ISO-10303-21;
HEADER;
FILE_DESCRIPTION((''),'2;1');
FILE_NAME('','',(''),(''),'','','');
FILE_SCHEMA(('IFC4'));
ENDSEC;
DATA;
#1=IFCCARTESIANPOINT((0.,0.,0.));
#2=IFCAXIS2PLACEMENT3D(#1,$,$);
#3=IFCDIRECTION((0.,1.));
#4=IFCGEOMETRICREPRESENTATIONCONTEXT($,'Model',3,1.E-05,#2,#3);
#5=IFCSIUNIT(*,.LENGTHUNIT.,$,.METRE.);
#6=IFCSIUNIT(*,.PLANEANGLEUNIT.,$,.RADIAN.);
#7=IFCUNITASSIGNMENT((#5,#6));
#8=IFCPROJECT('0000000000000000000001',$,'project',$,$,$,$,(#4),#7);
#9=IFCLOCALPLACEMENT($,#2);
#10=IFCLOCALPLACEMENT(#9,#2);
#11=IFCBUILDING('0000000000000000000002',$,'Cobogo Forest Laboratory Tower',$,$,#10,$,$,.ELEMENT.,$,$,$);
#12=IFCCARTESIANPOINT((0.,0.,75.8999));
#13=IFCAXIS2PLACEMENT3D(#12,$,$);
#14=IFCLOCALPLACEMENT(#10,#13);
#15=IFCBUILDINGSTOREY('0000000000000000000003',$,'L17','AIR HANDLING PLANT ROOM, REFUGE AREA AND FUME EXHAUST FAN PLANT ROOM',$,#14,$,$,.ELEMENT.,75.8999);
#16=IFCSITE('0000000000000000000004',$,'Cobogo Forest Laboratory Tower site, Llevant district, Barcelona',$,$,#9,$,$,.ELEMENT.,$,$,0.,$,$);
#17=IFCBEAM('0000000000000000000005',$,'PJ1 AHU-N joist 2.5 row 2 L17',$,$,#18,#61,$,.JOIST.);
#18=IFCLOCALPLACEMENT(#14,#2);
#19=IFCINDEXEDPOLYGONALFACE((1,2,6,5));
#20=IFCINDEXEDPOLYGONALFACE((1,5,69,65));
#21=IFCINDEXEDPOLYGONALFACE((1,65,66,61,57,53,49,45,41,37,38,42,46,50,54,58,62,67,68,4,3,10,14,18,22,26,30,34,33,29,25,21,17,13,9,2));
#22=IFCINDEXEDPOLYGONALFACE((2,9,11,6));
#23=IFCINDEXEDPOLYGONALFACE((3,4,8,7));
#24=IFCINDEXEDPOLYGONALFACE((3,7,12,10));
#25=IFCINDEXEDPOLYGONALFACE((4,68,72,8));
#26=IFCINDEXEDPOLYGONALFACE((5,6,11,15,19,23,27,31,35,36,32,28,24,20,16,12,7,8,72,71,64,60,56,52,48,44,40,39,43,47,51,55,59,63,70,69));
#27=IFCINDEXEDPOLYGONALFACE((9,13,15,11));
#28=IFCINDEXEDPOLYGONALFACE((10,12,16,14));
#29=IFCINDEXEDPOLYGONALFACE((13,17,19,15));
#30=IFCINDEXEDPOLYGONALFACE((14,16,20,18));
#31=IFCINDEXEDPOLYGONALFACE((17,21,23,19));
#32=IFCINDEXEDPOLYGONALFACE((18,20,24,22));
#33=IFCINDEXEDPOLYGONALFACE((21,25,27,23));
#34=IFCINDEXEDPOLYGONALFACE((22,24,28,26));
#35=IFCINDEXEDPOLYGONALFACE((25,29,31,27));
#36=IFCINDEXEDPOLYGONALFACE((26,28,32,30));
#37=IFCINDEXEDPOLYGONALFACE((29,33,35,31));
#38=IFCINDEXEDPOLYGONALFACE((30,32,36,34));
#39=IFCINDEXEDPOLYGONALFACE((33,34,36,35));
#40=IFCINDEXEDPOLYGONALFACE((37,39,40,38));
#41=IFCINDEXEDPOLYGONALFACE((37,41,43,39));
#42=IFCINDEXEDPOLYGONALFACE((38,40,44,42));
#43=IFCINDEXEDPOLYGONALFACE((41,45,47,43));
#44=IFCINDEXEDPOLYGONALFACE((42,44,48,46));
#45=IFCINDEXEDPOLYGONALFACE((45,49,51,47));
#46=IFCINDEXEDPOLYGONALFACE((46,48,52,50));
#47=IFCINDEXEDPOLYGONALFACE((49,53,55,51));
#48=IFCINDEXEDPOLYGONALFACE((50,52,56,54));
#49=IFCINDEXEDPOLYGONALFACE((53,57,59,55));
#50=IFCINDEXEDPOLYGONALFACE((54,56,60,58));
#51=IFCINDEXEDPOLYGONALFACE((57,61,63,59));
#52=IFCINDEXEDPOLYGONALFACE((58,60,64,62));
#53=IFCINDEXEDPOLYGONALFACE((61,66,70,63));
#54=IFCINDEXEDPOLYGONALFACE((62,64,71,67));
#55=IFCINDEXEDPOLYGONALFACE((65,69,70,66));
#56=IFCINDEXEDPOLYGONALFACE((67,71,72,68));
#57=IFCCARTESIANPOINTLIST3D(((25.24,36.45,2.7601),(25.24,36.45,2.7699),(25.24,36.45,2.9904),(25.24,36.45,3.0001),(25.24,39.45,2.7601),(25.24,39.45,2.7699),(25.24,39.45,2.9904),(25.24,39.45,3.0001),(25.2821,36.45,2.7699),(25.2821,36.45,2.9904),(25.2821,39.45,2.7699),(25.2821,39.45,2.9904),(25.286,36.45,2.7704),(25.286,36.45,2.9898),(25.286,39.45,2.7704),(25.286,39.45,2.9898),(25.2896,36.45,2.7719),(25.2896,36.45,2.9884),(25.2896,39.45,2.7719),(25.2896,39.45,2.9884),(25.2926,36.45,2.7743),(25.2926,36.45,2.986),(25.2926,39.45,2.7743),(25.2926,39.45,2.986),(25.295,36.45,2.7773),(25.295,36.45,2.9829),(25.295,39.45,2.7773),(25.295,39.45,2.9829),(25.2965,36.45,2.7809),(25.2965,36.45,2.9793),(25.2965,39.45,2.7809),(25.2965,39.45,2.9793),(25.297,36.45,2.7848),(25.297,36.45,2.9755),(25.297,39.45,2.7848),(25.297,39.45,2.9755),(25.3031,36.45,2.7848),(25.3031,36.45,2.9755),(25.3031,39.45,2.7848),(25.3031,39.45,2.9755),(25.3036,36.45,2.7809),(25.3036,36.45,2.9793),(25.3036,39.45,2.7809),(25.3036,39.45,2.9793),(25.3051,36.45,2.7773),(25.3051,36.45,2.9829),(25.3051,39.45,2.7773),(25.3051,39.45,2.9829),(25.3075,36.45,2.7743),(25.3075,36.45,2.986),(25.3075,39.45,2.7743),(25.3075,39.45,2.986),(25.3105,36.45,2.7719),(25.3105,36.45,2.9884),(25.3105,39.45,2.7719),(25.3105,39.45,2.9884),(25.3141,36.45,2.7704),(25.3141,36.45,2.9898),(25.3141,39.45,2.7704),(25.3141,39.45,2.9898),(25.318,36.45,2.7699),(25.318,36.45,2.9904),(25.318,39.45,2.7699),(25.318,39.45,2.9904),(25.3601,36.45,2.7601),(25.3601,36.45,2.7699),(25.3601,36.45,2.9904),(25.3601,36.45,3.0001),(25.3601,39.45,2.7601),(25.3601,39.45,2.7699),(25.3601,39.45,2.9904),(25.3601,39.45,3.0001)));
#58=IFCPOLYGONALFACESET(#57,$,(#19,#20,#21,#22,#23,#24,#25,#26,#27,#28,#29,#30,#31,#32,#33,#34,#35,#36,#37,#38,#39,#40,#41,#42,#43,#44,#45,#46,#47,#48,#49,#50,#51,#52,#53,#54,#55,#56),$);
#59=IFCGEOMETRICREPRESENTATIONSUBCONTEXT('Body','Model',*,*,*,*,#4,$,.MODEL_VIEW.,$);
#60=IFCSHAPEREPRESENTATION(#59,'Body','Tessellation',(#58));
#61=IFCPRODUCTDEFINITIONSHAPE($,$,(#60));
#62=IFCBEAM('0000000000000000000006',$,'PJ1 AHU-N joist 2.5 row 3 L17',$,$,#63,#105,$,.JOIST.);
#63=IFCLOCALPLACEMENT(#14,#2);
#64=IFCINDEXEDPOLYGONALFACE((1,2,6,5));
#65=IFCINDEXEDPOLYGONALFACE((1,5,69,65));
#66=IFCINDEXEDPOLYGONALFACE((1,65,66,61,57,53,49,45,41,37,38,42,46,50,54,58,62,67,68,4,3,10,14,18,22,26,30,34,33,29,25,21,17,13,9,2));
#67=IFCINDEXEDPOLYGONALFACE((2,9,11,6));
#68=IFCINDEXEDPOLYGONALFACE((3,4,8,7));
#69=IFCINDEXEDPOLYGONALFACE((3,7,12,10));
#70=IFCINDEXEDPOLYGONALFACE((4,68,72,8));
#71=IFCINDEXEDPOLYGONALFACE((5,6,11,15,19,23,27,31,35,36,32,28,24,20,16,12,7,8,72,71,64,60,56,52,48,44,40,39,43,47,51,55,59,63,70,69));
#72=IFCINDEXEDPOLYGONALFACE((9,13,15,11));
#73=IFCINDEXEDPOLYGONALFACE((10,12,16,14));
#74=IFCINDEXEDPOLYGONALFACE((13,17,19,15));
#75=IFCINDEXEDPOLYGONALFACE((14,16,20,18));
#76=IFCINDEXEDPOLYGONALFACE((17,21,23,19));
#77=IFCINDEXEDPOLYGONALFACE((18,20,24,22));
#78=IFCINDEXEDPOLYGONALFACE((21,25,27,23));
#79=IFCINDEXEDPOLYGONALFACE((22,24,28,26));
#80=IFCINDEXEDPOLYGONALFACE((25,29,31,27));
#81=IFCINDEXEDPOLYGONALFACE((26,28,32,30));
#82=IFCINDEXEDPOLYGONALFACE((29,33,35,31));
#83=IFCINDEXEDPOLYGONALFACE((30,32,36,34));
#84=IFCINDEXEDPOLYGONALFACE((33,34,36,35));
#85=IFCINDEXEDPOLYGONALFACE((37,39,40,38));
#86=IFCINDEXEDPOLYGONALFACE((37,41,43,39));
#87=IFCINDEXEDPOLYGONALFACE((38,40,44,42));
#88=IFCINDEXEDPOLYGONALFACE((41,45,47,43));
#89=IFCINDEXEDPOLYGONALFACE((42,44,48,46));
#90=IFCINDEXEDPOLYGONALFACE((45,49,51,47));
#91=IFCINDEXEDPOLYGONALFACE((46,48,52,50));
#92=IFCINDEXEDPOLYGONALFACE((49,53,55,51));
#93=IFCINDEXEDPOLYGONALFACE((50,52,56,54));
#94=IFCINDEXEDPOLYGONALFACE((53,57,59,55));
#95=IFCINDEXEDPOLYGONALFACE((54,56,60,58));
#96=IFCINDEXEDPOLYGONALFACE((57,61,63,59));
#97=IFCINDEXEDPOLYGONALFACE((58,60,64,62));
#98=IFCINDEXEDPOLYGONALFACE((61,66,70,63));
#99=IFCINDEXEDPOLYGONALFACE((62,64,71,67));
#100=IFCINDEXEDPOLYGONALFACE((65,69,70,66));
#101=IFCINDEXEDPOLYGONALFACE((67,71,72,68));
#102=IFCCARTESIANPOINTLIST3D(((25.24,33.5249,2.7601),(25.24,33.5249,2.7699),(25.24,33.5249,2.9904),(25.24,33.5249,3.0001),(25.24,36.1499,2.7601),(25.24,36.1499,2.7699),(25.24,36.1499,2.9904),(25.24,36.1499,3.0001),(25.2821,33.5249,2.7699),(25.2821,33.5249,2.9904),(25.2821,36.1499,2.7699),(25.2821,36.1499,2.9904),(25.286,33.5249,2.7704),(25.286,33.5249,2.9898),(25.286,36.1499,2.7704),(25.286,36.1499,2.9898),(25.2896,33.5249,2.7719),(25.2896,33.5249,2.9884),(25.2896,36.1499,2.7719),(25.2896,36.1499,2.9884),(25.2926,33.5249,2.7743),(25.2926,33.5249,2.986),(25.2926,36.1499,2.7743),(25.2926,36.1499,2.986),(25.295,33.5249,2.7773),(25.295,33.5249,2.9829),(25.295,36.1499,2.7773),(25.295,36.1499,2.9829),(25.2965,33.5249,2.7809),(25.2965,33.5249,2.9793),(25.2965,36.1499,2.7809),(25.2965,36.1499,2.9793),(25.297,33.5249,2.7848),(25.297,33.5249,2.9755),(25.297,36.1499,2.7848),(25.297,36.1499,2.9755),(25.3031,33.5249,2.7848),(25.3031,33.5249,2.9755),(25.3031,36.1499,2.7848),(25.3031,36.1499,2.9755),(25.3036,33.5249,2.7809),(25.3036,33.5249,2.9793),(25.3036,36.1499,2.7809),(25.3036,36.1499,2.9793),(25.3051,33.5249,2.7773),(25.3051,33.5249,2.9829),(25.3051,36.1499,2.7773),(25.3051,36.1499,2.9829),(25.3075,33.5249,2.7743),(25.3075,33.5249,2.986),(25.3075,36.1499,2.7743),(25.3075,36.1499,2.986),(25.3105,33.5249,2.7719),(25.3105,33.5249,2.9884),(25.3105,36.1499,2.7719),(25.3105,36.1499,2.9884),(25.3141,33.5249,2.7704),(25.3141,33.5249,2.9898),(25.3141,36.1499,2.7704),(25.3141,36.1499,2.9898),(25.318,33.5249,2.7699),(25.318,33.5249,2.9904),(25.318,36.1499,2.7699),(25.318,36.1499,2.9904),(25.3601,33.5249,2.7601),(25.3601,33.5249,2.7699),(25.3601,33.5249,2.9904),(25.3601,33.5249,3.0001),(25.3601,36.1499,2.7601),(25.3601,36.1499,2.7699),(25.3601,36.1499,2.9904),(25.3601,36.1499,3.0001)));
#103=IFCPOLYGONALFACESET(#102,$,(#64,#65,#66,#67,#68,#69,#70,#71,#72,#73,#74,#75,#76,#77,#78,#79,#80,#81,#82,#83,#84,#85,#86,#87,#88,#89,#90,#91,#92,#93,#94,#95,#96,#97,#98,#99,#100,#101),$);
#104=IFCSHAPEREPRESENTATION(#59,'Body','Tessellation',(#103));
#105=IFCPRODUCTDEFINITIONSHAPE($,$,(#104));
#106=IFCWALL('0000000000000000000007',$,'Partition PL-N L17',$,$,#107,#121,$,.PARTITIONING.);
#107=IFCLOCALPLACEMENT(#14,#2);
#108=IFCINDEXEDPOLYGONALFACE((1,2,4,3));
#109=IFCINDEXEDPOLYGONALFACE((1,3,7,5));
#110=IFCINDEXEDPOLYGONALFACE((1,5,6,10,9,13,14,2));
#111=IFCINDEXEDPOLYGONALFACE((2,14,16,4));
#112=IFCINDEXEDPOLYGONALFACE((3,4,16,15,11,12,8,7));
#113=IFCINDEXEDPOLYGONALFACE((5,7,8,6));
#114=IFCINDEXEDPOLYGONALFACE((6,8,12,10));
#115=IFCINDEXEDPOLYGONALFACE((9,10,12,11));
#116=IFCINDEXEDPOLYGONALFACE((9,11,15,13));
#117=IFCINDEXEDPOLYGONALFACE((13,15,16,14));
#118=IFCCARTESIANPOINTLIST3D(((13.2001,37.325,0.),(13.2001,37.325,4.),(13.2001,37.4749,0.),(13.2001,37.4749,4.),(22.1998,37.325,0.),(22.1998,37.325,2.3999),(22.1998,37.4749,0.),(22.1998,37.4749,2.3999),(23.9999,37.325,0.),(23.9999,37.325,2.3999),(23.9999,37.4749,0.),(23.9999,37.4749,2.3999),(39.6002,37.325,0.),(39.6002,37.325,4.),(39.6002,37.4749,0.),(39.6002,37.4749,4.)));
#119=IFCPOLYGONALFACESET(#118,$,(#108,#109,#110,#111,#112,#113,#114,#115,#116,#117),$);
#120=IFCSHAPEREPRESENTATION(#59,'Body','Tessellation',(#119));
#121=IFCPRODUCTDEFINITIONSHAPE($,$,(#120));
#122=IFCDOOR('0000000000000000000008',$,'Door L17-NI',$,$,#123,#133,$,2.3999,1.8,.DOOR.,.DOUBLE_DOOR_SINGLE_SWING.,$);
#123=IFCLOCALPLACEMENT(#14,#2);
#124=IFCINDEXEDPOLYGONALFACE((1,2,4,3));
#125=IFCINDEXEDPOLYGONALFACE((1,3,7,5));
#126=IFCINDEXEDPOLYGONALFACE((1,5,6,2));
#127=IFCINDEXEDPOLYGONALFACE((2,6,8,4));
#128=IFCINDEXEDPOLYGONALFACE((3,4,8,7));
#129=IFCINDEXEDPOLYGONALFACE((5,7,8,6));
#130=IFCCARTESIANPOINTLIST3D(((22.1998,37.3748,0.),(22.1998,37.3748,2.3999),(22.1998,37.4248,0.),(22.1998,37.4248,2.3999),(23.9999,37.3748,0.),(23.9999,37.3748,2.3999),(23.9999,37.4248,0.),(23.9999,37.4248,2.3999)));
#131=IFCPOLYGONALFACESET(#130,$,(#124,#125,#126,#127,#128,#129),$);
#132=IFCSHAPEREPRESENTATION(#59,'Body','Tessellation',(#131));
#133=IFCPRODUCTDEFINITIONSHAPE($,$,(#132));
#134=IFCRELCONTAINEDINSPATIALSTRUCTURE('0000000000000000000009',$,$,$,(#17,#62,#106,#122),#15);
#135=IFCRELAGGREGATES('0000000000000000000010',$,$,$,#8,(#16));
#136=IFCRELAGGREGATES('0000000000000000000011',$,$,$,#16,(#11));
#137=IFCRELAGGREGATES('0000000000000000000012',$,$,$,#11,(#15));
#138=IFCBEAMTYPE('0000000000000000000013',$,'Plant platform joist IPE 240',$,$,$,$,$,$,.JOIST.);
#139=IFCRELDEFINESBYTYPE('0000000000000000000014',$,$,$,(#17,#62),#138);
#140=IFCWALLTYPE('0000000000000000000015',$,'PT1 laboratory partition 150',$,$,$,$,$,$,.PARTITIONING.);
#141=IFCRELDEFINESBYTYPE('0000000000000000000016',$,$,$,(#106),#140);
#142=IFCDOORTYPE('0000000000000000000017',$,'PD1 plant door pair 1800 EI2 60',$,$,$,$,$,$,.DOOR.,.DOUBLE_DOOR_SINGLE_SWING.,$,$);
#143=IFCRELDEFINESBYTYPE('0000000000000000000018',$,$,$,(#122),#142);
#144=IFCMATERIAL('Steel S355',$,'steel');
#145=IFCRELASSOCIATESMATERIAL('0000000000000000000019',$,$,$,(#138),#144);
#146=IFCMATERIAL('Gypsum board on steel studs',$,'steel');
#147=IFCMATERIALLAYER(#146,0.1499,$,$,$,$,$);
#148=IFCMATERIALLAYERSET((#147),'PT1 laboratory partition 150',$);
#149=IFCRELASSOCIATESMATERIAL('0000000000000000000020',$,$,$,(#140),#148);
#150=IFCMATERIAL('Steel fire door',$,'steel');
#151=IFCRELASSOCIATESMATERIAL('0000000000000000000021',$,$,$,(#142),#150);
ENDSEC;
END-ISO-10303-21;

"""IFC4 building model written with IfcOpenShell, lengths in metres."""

from ifc_helpers import new_model, si_unit, direction, frame, frame_2d, origin, origin_2d, place, context, subcontext, project, spatial, rectangle, i_section, extrude, material, layer, layer_set, material_profile, profile_set, type_object, element, fill, save


model = new_model("IFC4")

# Units and contexts
model_context = context("Model", 3, precision=1e-05, world=origin(), true_north=direction((0.0, 1.0)))
body_context = subcontext(model_context, "Body", "Model", "MODEL_VIEW")
ifc_project = project(units=[si_unit("LENGTHUNIT", "METRE"), si_unit("PLANEANGLEUNIT", "RADIAN")], contexts=[model_context])

# Site, building, storey
site_placement = place(None, origin())
site = spatial("IfcSite", under=ifc_project, at=site_placement, Name="Cobogo Forest Laboratory Tower site, Llevant district, Barcelona", CompositionType="ELEMENT", RefElevation=0.0)
building_placement = place(site_placement, origin())
building = spatial("IfcBuilding", under=site, at=building_placement, Name="Cobogo Forest Laboratory Tower", CompositionType="ELEMENT")
storey_placement = place(building_placement, frame((0.0, 0.0, 75.8999)))
storey = spatial("IfcBuildingStorey", under=building, at=storey_placement, Name="L17", Description="AIR HANDLING PLANT ROOM, REFUGE AREA AND FUME EXHAUST FAN PLANT ROOM", CompositionType="ELEMENT", Elevation=75.8999)

# Beams
ifc_material_1 = material(Name="Steel S355", Category="steel")
ifc_material_profile_1 = material_profile(ifc_material_1, i_section(OverallWidth=0.1201, OverallDepth=0.24, WebThickness=0.0061, FlangeThickness=0.0098, FilletRadius=0.0149, at=origin_2d()), Name="IPE 240")
ifc_profile_set_1 = profile_set([ifc_material_profile_1], Name="Steel S355")
beam_type_1 = type_object("IfcBeamType", Name="Plant platform joist IPE 240", PredefinedType="JOIST", material=ifc_profile_set_1)
beam_1_placement = place(storey_placement, frame((25.3, 39.45, 2.8801), z_axis=(0.0, -1.0, 0.0), x_axis=(1.0, 0.0, 0.0)))
element("IfcBeam", 1, at=beam_1_placement, inside=storey, type_object=beam_type_1, Name="PJ1 AHU-N joist 2.5 row 2 L17", PredefinedType="JOIST", context=body_context, shape_type="SweptSolid", body=[
    extrude(i_section(OverallWidth=0.1201, OverallDepth=0.24, WebThickness=0.0061, FlangeThickness=0.0098, FilletRadius=0.0149, at=origin_2d()), origin(), (0.0, 0.0, 1.0), 3.0),
])
beam_2_placement = place(storey_placement, frame((25.3, 36.1499, 2.8801), z_axis=(0.0, -1.0, 0.0), x_axis=(1.0, 0.0, 0.0)))
element("IfcBeam", 2, at=beam_2_placement, inside=storey, type_object=beam_type_1, Name="PJ1 AHU-N joist 2.5 row 3 L17", PredefinedType="JOIST", context=body_context, shape_type="SweptSolid", body=[
    extrude(i_section(OverallWidth=0.1201, OverallDepth=0.24, WebThickness=0.0061, FlangeThickness=0.0098, FilletRadius=0.0149, at=origin_2d()), origin(), (0.0, 0.0, 1.0), 2.625),
])

# Wall, opening, door
ifc_material_2 = material(Name="Gypsum board on steel studs", Category="steel")
ifc_layer = layer(ifc_material_2, 0.1499)
ifc_layer_set = layer_set([ifc_layer], Name="PT1 laboratory partition 150")
wall_type = type_object("IfcWallType", Name="PT1 laboratory partition 150", PredefinedType="PARTITIONING", material=ifc_layer_set)
wall_placement = place(storey_placement, frame((13.2, 37.3999, 0.0), z_axis=(0.0, 0.0, 1.0), x_axis=(1.0, 0.0, 0.0)))
wall = element("IfcWall", 3, at=wall_placement, inside=storey, type_object=wall_type, Name="Partition PL-N L17", PredefinedType="PARTITIONING", context=body_context, shape_type="SweptSolid", body=[
    extrude(rectangle(XDim=26.4001, YDim=0.1499, at=frame_2d((13.2002, 0.0))), origin(), (0.0, 0.0, 1.0), 4.0),
])
opening_placement = place(wall_placement, frame((9.0, 0.0, 0.0)))
opening = element("IfcOpeningElement", 4, at=opening_placement, cuts=wall, PredefinedType="OPENING", context=body_context, shape_type="SweptSolid", body=[
    extrude(rectangle(XDim=1.8, YDim=2.3999, at=frame_2d((0.8999, 1.2))), frame((0.0, 0.085, 0.0), z_axis=(0.0, -1.0, 0.0), x_axis=(1.0, 0.0, 0.0)), (0.0, 0.0, 1.0), 0.1699),
])
ifc_material_3 = material(Name="Steel fire door", Category="steel")
door_type = type_object("IfcDoorType", Name="PD1 plant door pair 1800 EI2 60", OperationType="DOUBLE_DOOR_SINGLE_SWING", PredefinedType="DOOR", material=ifc_material_3)
door_placement = place(opening_placement, origin())
door = element("IfcDoor", 5, at=door_placement, inside=storey, type_object=door_type, Name="Door L17-NI", OperationType="DOUBLE_DOOR_SINGLE_SWING", OverallHeight=2.3999, OverallWidth=1.8, PredefinedType="DOOR", context=body_context, shape_type="SweptSolid", body=[
    extrude(rectangle(XDim=1.8, YDim=2.3999, at=frame_2d((0.8999, 1.2))), frame((0.0, 0.0249, 0.0), z_axis=(0.0, -1.0, 0.0), x_axis=(1.0, 0.0, 0.0)), (0.0, 0.0, 1.0), 0.05),
])
fill(opening, door)

save(model, "model.ifc")
